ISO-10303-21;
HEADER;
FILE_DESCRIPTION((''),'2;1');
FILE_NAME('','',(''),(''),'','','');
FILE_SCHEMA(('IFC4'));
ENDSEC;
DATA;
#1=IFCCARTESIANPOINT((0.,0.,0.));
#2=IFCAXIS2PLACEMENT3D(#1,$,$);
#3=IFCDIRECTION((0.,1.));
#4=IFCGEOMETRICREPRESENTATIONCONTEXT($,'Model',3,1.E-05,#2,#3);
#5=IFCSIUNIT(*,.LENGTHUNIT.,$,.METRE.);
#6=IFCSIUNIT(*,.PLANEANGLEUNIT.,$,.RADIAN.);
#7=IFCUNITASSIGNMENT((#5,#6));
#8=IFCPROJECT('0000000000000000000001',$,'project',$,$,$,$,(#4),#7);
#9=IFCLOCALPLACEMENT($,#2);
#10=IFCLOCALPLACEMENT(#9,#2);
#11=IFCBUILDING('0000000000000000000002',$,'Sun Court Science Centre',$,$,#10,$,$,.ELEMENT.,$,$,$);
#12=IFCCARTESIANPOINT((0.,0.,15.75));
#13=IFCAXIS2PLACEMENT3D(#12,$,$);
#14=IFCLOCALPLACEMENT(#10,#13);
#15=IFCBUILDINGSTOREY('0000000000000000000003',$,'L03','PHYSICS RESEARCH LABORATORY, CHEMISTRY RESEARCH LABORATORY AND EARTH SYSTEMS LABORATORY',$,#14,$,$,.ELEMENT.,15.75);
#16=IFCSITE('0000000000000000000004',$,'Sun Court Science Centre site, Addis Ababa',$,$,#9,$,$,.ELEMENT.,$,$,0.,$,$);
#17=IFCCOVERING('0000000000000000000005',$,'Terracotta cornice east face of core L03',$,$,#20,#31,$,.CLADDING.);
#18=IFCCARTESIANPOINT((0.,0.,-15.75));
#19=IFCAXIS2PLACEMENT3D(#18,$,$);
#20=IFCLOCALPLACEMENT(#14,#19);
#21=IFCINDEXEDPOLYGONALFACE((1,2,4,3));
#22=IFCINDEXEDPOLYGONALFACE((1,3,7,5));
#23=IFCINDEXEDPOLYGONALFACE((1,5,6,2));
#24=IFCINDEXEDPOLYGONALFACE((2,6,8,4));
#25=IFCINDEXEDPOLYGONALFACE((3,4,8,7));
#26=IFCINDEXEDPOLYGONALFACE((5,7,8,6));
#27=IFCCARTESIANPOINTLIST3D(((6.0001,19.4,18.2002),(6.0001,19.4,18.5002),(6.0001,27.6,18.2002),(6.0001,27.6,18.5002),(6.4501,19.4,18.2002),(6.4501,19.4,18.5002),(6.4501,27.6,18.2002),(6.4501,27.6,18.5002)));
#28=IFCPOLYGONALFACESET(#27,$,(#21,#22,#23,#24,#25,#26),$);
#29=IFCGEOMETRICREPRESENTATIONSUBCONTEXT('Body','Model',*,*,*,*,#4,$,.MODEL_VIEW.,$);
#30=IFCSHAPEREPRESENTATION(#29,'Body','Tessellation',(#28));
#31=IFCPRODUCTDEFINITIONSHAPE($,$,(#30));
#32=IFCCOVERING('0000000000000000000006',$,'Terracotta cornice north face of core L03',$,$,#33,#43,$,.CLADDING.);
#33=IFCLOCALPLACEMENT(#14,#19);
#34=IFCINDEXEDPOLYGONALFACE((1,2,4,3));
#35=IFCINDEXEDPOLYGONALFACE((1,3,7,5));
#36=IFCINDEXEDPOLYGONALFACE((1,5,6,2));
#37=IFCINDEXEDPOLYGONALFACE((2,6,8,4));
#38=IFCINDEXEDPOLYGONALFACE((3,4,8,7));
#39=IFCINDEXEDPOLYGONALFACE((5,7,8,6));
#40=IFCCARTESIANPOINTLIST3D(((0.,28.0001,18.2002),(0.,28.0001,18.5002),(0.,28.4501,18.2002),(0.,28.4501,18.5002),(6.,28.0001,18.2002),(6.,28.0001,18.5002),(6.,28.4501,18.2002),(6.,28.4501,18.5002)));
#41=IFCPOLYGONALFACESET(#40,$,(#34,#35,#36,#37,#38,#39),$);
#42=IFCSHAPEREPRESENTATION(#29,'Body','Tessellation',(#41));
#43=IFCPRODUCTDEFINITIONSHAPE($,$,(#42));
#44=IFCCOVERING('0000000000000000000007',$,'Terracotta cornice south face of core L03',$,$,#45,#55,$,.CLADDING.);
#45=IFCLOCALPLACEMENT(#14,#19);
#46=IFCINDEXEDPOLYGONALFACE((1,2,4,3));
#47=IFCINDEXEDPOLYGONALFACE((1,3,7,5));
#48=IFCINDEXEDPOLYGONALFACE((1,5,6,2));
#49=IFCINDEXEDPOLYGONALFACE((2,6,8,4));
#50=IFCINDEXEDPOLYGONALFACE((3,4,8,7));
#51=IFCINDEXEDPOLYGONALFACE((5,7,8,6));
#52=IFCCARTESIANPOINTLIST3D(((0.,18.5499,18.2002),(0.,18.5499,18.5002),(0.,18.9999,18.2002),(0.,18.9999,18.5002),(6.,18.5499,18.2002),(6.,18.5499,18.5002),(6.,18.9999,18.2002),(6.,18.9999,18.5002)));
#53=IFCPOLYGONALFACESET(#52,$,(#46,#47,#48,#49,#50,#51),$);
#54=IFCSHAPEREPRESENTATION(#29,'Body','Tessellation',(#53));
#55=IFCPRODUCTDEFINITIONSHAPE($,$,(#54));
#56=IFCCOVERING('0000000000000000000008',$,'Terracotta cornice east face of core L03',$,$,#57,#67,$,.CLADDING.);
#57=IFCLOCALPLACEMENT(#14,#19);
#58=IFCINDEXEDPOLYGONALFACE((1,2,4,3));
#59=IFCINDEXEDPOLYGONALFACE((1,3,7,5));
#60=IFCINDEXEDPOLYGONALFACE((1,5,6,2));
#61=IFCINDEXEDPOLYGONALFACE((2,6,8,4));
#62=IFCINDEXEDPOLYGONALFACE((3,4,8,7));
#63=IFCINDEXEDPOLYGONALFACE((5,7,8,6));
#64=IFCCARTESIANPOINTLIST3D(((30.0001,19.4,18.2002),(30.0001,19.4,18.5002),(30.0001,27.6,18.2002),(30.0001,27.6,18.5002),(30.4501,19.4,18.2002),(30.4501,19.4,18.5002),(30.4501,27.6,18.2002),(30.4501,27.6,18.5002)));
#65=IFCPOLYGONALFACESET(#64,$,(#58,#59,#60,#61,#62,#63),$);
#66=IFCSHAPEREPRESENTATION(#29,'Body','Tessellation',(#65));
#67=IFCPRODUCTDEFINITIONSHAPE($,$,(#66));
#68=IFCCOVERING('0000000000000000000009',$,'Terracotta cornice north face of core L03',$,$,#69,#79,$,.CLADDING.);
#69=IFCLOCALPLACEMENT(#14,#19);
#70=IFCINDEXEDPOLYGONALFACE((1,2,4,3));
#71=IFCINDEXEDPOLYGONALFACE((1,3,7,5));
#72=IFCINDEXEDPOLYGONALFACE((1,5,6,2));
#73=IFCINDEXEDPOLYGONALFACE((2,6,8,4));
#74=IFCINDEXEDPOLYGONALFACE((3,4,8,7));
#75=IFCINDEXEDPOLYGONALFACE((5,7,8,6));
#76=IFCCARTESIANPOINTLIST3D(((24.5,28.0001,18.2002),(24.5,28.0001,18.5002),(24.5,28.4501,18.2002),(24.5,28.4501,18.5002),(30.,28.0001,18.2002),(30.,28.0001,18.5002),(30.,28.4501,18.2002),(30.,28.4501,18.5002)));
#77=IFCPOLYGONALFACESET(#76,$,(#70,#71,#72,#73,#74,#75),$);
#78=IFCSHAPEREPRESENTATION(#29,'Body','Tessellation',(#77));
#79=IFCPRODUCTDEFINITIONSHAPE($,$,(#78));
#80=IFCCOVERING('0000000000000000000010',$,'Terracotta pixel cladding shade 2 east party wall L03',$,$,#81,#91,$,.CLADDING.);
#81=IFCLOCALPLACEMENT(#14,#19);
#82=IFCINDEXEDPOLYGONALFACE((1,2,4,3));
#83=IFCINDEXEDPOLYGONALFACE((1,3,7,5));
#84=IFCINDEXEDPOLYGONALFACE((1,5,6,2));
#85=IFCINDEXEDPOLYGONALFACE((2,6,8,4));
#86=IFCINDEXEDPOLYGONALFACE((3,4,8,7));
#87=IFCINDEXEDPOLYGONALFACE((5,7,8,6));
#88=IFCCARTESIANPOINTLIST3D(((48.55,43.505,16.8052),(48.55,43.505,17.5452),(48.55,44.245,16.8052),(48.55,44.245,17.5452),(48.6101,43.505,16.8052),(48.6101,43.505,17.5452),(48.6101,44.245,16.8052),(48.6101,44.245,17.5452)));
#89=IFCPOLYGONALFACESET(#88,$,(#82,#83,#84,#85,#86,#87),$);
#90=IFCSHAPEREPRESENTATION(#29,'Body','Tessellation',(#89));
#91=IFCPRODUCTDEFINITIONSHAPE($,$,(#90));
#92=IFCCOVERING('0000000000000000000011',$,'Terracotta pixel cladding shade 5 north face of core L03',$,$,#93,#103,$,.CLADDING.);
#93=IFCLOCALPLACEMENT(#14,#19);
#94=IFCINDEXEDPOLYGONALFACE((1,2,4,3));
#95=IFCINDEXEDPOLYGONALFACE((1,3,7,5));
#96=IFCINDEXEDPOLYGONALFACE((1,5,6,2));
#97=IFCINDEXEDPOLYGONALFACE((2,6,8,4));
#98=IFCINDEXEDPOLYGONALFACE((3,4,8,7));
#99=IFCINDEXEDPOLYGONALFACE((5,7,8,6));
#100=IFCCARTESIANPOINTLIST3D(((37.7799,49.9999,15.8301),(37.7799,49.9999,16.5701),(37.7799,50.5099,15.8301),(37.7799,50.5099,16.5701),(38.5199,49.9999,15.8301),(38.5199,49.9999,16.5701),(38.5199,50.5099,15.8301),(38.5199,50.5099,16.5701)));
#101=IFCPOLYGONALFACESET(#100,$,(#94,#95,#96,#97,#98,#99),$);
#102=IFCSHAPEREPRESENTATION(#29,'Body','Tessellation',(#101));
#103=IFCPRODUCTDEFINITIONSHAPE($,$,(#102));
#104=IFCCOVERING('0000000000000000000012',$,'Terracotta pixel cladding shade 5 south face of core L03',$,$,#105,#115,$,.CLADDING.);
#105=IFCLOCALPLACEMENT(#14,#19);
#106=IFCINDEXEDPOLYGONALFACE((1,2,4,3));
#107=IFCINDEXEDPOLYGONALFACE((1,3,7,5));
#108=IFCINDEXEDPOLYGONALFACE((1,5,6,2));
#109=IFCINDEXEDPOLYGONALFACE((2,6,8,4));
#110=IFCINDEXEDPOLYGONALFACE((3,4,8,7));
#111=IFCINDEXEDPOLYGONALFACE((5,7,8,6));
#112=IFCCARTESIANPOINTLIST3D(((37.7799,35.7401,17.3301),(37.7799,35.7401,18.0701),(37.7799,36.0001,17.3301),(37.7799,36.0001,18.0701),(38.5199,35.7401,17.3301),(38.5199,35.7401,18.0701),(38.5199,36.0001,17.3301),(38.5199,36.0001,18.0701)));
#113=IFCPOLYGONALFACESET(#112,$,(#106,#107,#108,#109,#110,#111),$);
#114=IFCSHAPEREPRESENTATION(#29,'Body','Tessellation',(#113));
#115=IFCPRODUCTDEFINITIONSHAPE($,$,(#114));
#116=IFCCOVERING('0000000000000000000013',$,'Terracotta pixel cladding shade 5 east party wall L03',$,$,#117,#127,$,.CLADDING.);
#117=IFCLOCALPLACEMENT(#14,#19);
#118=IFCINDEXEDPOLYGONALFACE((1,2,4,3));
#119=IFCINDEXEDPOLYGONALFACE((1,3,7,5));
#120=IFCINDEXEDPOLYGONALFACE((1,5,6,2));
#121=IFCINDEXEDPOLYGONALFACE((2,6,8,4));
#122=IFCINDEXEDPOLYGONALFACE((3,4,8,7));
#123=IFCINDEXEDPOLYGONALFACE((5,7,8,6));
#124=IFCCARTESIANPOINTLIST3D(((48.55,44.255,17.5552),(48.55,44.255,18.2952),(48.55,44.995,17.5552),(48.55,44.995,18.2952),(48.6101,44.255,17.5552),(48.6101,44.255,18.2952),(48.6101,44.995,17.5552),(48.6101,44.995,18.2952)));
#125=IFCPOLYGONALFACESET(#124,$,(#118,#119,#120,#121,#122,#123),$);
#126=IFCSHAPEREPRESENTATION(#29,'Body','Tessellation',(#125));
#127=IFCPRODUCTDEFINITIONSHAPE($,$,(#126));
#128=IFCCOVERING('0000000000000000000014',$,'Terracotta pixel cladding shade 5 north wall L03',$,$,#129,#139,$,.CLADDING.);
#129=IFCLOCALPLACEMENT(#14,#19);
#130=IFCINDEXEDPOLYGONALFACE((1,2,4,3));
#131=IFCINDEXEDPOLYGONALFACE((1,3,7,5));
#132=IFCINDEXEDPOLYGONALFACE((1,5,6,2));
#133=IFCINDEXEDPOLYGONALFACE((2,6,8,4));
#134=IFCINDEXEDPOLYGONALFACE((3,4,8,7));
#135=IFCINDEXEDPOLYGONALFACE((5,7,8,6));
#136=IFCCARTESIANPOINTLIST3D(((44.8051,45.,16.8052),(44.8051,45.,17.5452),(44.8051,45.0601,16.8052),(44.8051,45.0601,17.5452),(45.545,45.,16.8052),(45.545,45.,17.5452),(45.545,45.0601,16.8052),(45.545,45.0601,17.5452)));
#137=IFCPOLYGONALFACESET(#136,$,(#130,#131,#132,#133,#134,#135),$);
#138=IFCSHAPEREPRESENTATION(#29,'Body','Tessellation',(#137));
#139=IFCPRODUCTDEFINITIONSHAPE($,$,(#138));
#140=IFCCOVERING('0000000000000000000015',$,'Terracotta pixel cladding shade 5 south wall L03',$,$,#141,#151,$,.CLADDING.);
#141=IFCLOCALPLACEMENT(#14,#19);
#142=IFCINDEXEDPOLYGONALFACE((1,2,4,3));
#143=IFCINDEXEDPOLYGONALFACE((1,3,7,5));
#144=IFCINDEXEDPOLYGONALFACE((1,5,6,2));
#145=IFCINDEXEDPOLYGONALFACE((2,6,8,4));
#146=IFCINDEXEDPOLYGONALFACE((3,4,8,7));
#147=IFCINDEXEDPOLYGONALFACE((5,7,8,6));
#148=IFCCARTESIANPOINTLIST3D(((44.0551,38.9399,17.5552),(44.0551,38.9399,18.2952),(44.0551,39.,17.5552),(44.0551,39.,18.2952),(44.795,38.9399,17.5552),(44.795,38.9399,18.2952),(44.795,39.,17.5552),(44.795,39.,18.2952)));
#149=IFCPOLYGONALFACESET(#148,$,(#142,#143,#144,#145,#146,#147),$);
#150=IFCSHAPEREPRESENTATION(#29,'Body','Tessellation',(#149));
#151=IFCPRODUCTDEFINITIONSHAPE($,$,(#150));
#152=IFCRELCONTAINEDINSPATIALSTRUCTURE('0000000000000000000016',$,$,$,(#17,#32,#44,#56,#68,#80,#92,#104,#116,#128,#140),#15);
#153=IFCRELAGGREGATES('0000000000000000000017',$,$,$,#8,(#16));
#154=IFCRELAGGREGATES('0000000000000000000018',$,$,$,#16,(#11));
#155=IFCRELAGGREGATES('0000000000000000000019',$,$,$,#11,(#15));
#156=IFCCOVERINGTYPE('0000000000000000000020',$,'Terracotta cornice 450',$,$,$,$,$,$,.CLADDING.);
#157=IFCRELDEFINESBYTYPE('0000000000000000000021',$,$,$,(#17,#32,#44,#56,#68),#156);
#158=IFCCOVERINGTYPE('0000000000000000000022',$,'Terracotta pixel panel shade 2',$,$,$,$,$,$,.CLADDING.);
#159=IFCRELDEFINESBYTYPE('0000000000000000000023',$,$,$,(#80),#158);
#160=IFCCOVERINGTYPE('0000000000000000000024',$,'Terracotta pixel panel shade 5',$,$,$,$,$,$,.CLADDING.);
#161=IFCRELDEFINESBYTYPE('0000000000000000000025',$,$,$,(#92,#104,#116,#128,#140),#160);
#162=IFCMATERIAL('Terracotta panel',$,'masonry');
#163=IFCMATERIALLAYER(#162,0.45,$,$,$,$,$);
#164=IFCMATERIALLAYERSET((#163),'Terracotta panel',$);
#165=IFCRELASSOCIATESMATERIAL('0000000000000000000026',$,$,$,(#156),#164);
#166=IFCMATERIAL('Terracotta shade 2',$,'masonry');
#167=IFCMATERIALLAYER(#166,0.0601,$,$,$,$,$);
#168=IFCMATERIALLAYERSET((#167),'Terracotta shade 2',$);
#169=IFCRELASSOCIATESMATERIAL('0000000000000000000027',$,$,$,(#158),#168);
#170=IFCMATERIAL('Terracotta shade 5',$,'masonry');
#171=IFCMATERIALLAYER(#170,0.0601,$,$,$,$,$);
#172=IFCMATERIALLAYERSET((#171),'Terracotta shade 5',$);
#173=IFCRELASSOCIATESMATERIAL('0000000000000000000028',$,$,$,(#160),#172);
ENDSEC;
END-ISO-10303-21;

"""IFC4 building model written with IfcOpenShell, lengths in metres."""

from ifc_helpers import new_model, si_unit, direction, frame, origin, origin_2d, place, context, subcontext, project, spatial, rectangle, extrude, material, layer, layer_set, type_object, element, save


model = new_model("IFC4")

# Units and contexts
model_context = context("Model", 3, precision=1e-05, world=origin(), true_north=direction((0.0, 1.0)))
body_context = subcontext(model_context, "Body", "Model", "MODEL_VIEW")
ifc_project = project(units=[si_unit("LENGTHUNIT", "METRE"), si_unit("PLANEANGLEUNIT", "RADIAN")], contexts=[model_context])

# Site, building, storey
site_placement = place(None, origin())
site = spatial("IfcSite", under=ifc_project, at=site_placement, Name="Sun Court Science Centre site, Addis Ababa", CompositionType="ELEMENT", RefElevation=0.0)
building_placement = place(site_placement, origin())
building = spatial("IfcBuilding", under=site, at=building_placement, Name="Sun Court Science Centre", CompositionType="ELEMENT")
storey_placement = place(building_placement, frame((0.0, 0.0, 15.75)))
storey = spatial("IfcBuildingStorey", under=building, at=storey_placement, Name="L03", Description="PHYSICS RESEARCH LABORATORY, CHEMISTRY RESEARCH LABORATORY AND EARTH SYSTEMS LABORATORY", CompositionType="ELEMENT", Elevation=15.75)

# Coverings
ifc_material_1 = material(Name="Terracotta panel", Category="masonry")
ifc_layer_1 = layer(ifc_material_1, 0.45)
ifc_layer_set_1 = layer_set([ifc_layer_1], Name="Terracotta panel")
covering_type_1 = type_object("IfcCoveringType", Name="Terracotta cornice 450", PredefinedType="CLADDING", material=ifc_layer_set_1)
covering_1_placement = place(storey_placement, frame((0.0, 0.0, -15.75)))
element("IfcCovering", 1, at=covering_1_placement, inside=storey, type_object=covering_type_1, Name="Terracotta cornice east face of core L03", PredefinedType="CLADDING", context=body_context, shape_type="SweptSolid", body=[
    extrude(rectangle(XDim=8.2, YDim=0.45, at=origin_2d()), frame((6.2251, 23.5, 18.2002), z_axis=(0.0, 0.0, 1.0), x_axis=(0.0, -1.0, 0.0)), (0.0, 0.0, 1.0), 0.3),
])
covering_2_placement = place(storey_placement, frame((0.0, 0.0, -15.75)))
element("IfcCovering", 2, at=covering_2_placement, inside=storey, type_object=covering_type_1, Name="Terracotta cornice north face of core L03", PredefinedType="CLADDING", context=body_context, shape_type="SweptSolid", body=[
    extrude(rectangle(XDim=6.0, YDim=0.45, at=origin_2d()), frame((3.0, 28.2251, 18.2002), z_axis=(0.0, 0.0, 1.0), x_axis=(1.0, 0.0, 0.0)), (0.0, 0.0, 1.0), 0.3),
])
covering_3_placement = place(storey_placement, frame((0.0, 0.0, -15.75)))
element("IfcCovering", 3, at=covering_3_placement, inside=storey, type_object=covering_type_1, Name="Terracotta cornice south face of core L03", PredefinedType="CLADDING", context=body_context, shape_type="SweptSolid", body=[
    extrude(rectangle(XDim=6.0, YDim=0.45, at=origin_2d()), frame((3.0, 18.7749, 18.2002), z_axis=(0.0, 0.0, 1.0), x_axis=(-1.0, 0.0, 0.0)), (0.0, 0.0, 1.0), 0.3),
])
covering_4_placement = place(storey_placement, frame((0.0, 0.0, -15.75)))
element("IfcCovering", 4, at=covering_4_placement, inside=storey, type_object=covering_type_1, Name="Terracotta cornice east face of core L03", PredefinedType="CLADDING", context=body_context, shape_type="SweptSolid", body=[
    extrude(rectangle(XDim=8.2, YDim=0.45, at=origin_2d()), frame((30.2251, 23.5, 18.2002), z_axis=(0.0, 0.0, 1.0), x_axis=(0.0, -1.0, 0.0)), (0.0, 0.0, 1.0), 0.3),
])
covering_5_placement = place(storey_placement, frame((0.0, 0.0, -15.75)))
element("IfcCovering", 5, at=covering_5_placement, inside=storey, type_object=covering_type_1, Name="Terracotta cornice north face of core L03", PredefinedType="CLADDING", context=body_context, shape_type="SweptSolid", body=[
    extrude(rectangle(XDim=5.5, YDim=0.45, at=origin_2d()), frame((27.25, 28.2251, 18.2002), z_axis=(0.0, 0.0, 1.0), x_axis=(1.0, 0.0, 0.0)), (0.0, 0.0, 1.0), 0.3),
])
ifc_material_2 = material(Name="Terracotta shade 2", Category="masonry")
ifc_layer_2 = layer(ifc_material_2, 0.0601)
ifc_layer_set_2 = layer_set([ifc_layer_2], Name="Terracotta shade 2")
covering_type_2 = type_object("IfcCoveringType", Name="Terracotta pixel panel shade 2", PredefinedType="CLADDING", material=ifc_layer_set_2)
covering_6_placement = place(storey_placement, frame((0.0, 0.0, -15.75)))
element("IfcCovering", 6, at=covering_6_placement, inside=storey, type_object=covering_type_2, Name="Terracotta pixel cladding shade 2 east party wall L03", PredefinedType="CLADDING", context=body_context, shape_type="SweptSolid", body=[
    extrude(rectangle(XDim=0.74, YDim=0.0601, at=origin_2d()), frame((48.5801, 43.875, 16.8052), z_axis=(0.0, 0.0, 1.0), x_axis=(0.0, -1.0, 0.0)), (0.0, 0.0, 1.0), 0.74),
])
ifc_material_3 = material(Name="Terracotta shade 5", Category="masonry")
ifc_layer_3 = layer(ifc_material_3, 0.0601)
ifc_layer_set_3 = layer_set([ifc_layer_3], Name="Terracotta shade 5")
covering_type_3 = type_object("IfcCoveringType", Name="Terracotta pixel panel shade 5", PredefinedType="CLADDING", material=ifc_layer_set_3)
covering_7_placement = place(storey_placement, frame((0.0, 0.0, -15.75)))
element("IfcCovering", 7, at=covering_7_placement, inside=storey, type_object=covering_type_3, Name="Terracotta pixel cladding shade 5 north face of core L03", PredefinedType="CLADDING", context=body_context, shape_type="SweptSolid", body=[
    extrude(rectangle(XDim=0.74, YDim=0.51, at=origin_2d()), frame((38.1499, 50.2549, 15.8301), z_axis=(0.0, 0.0, 1.0), x_axis=(1.0, 0.0, 0.0)), (0.0, 0.0, 1.0), 0.74),
])
covering_8_placement = place(storey_placement, frame((0.0, 0.0, -15.75)))
element("IfcCovering", 8, at=covering_8_placement, inside=storey, type_object=covering_type_3, Name="Terracotta pixel cladding shade 5 south face of core L03", PredefinedType="CLADDING", context=body_context, shape_type="SweptSolid", body=[
    extrude(rectangle(XDim=0.74, YDim=0.26, at=origin_2d()), frame((38.1499, 35.8701, 17.3301), z_axis=(0.0, 0.0, 1.0), x_axis=(-1.0, 0.0, 0.0)), (0.0, 0.0, 1.0), 0.74),
])
covering_9_placement = place(storey_placement, frame((0.0, 0.0, -15.75)))
element("IfcCovering", 9, at=covering_9_placement, inside=storey, type_object=covering_type_3, Name="Terracotta pixel cladding shade 5 east party wall L03", PredefinedType="CLADDING", context=body_context, shape_type="SweptSolid", body=[
    extrude(rectangle(XDim=0.74, YDim=0.0601, at=origin_2d()), frame((48.5801, 44.625, 17.5552), z_axis=(0.0, 0.0, 1.0), x_axis=(0.0, -1.0, 0.0)), (0.0, 0.0, 1.0), 0.74),
])
covering_10_placement = place(storey_placement, frame((0.0, 0.0, -15.75)))
element("IfcCovering", 10, at=covering_10_placement, inside=storey, type_object=covering_type_3, Name="Terracotta pixel cladding shade 5 north wall L03", PredefinedType="CLADDING", context=body_context, shape_type="SweptSolid", body=[
    extrude(rectangle(XDim=0.74, YDim=0.0601, at=origin_2d()), frame((45.175, 45.03, 16.8052), z_axis=(0.0, 0.0, 1.0), x_axis=(1.0, 0.0, 0.0)), (0.0, 0.0, 1.0), 0.74),
])
covering_11_placement = place(storey_placement, frame((0.0, 0.0, -15.75)))
element("IfcCovering", 11, at=covering_11_placement, inside=storey, type_object=covering_type_3, Name="Terracotta pixel cladding shade 5 south wall L03", PredefinedType="CLADDING", context=body_context, shape_type="SweptSolid", body=[
    extrude(rectangle(XDim=0.74, YDim=0.0601, at=origin_2d()), frame((44.425, 38.97, 17.5552), z_axis=(0.0, 0.0, 1.0), x_axis=(-1.0, 0.0, 0.0)), (0.0, 0.0, 1.0), 0.74),
])

save(model, "model.ifc")
